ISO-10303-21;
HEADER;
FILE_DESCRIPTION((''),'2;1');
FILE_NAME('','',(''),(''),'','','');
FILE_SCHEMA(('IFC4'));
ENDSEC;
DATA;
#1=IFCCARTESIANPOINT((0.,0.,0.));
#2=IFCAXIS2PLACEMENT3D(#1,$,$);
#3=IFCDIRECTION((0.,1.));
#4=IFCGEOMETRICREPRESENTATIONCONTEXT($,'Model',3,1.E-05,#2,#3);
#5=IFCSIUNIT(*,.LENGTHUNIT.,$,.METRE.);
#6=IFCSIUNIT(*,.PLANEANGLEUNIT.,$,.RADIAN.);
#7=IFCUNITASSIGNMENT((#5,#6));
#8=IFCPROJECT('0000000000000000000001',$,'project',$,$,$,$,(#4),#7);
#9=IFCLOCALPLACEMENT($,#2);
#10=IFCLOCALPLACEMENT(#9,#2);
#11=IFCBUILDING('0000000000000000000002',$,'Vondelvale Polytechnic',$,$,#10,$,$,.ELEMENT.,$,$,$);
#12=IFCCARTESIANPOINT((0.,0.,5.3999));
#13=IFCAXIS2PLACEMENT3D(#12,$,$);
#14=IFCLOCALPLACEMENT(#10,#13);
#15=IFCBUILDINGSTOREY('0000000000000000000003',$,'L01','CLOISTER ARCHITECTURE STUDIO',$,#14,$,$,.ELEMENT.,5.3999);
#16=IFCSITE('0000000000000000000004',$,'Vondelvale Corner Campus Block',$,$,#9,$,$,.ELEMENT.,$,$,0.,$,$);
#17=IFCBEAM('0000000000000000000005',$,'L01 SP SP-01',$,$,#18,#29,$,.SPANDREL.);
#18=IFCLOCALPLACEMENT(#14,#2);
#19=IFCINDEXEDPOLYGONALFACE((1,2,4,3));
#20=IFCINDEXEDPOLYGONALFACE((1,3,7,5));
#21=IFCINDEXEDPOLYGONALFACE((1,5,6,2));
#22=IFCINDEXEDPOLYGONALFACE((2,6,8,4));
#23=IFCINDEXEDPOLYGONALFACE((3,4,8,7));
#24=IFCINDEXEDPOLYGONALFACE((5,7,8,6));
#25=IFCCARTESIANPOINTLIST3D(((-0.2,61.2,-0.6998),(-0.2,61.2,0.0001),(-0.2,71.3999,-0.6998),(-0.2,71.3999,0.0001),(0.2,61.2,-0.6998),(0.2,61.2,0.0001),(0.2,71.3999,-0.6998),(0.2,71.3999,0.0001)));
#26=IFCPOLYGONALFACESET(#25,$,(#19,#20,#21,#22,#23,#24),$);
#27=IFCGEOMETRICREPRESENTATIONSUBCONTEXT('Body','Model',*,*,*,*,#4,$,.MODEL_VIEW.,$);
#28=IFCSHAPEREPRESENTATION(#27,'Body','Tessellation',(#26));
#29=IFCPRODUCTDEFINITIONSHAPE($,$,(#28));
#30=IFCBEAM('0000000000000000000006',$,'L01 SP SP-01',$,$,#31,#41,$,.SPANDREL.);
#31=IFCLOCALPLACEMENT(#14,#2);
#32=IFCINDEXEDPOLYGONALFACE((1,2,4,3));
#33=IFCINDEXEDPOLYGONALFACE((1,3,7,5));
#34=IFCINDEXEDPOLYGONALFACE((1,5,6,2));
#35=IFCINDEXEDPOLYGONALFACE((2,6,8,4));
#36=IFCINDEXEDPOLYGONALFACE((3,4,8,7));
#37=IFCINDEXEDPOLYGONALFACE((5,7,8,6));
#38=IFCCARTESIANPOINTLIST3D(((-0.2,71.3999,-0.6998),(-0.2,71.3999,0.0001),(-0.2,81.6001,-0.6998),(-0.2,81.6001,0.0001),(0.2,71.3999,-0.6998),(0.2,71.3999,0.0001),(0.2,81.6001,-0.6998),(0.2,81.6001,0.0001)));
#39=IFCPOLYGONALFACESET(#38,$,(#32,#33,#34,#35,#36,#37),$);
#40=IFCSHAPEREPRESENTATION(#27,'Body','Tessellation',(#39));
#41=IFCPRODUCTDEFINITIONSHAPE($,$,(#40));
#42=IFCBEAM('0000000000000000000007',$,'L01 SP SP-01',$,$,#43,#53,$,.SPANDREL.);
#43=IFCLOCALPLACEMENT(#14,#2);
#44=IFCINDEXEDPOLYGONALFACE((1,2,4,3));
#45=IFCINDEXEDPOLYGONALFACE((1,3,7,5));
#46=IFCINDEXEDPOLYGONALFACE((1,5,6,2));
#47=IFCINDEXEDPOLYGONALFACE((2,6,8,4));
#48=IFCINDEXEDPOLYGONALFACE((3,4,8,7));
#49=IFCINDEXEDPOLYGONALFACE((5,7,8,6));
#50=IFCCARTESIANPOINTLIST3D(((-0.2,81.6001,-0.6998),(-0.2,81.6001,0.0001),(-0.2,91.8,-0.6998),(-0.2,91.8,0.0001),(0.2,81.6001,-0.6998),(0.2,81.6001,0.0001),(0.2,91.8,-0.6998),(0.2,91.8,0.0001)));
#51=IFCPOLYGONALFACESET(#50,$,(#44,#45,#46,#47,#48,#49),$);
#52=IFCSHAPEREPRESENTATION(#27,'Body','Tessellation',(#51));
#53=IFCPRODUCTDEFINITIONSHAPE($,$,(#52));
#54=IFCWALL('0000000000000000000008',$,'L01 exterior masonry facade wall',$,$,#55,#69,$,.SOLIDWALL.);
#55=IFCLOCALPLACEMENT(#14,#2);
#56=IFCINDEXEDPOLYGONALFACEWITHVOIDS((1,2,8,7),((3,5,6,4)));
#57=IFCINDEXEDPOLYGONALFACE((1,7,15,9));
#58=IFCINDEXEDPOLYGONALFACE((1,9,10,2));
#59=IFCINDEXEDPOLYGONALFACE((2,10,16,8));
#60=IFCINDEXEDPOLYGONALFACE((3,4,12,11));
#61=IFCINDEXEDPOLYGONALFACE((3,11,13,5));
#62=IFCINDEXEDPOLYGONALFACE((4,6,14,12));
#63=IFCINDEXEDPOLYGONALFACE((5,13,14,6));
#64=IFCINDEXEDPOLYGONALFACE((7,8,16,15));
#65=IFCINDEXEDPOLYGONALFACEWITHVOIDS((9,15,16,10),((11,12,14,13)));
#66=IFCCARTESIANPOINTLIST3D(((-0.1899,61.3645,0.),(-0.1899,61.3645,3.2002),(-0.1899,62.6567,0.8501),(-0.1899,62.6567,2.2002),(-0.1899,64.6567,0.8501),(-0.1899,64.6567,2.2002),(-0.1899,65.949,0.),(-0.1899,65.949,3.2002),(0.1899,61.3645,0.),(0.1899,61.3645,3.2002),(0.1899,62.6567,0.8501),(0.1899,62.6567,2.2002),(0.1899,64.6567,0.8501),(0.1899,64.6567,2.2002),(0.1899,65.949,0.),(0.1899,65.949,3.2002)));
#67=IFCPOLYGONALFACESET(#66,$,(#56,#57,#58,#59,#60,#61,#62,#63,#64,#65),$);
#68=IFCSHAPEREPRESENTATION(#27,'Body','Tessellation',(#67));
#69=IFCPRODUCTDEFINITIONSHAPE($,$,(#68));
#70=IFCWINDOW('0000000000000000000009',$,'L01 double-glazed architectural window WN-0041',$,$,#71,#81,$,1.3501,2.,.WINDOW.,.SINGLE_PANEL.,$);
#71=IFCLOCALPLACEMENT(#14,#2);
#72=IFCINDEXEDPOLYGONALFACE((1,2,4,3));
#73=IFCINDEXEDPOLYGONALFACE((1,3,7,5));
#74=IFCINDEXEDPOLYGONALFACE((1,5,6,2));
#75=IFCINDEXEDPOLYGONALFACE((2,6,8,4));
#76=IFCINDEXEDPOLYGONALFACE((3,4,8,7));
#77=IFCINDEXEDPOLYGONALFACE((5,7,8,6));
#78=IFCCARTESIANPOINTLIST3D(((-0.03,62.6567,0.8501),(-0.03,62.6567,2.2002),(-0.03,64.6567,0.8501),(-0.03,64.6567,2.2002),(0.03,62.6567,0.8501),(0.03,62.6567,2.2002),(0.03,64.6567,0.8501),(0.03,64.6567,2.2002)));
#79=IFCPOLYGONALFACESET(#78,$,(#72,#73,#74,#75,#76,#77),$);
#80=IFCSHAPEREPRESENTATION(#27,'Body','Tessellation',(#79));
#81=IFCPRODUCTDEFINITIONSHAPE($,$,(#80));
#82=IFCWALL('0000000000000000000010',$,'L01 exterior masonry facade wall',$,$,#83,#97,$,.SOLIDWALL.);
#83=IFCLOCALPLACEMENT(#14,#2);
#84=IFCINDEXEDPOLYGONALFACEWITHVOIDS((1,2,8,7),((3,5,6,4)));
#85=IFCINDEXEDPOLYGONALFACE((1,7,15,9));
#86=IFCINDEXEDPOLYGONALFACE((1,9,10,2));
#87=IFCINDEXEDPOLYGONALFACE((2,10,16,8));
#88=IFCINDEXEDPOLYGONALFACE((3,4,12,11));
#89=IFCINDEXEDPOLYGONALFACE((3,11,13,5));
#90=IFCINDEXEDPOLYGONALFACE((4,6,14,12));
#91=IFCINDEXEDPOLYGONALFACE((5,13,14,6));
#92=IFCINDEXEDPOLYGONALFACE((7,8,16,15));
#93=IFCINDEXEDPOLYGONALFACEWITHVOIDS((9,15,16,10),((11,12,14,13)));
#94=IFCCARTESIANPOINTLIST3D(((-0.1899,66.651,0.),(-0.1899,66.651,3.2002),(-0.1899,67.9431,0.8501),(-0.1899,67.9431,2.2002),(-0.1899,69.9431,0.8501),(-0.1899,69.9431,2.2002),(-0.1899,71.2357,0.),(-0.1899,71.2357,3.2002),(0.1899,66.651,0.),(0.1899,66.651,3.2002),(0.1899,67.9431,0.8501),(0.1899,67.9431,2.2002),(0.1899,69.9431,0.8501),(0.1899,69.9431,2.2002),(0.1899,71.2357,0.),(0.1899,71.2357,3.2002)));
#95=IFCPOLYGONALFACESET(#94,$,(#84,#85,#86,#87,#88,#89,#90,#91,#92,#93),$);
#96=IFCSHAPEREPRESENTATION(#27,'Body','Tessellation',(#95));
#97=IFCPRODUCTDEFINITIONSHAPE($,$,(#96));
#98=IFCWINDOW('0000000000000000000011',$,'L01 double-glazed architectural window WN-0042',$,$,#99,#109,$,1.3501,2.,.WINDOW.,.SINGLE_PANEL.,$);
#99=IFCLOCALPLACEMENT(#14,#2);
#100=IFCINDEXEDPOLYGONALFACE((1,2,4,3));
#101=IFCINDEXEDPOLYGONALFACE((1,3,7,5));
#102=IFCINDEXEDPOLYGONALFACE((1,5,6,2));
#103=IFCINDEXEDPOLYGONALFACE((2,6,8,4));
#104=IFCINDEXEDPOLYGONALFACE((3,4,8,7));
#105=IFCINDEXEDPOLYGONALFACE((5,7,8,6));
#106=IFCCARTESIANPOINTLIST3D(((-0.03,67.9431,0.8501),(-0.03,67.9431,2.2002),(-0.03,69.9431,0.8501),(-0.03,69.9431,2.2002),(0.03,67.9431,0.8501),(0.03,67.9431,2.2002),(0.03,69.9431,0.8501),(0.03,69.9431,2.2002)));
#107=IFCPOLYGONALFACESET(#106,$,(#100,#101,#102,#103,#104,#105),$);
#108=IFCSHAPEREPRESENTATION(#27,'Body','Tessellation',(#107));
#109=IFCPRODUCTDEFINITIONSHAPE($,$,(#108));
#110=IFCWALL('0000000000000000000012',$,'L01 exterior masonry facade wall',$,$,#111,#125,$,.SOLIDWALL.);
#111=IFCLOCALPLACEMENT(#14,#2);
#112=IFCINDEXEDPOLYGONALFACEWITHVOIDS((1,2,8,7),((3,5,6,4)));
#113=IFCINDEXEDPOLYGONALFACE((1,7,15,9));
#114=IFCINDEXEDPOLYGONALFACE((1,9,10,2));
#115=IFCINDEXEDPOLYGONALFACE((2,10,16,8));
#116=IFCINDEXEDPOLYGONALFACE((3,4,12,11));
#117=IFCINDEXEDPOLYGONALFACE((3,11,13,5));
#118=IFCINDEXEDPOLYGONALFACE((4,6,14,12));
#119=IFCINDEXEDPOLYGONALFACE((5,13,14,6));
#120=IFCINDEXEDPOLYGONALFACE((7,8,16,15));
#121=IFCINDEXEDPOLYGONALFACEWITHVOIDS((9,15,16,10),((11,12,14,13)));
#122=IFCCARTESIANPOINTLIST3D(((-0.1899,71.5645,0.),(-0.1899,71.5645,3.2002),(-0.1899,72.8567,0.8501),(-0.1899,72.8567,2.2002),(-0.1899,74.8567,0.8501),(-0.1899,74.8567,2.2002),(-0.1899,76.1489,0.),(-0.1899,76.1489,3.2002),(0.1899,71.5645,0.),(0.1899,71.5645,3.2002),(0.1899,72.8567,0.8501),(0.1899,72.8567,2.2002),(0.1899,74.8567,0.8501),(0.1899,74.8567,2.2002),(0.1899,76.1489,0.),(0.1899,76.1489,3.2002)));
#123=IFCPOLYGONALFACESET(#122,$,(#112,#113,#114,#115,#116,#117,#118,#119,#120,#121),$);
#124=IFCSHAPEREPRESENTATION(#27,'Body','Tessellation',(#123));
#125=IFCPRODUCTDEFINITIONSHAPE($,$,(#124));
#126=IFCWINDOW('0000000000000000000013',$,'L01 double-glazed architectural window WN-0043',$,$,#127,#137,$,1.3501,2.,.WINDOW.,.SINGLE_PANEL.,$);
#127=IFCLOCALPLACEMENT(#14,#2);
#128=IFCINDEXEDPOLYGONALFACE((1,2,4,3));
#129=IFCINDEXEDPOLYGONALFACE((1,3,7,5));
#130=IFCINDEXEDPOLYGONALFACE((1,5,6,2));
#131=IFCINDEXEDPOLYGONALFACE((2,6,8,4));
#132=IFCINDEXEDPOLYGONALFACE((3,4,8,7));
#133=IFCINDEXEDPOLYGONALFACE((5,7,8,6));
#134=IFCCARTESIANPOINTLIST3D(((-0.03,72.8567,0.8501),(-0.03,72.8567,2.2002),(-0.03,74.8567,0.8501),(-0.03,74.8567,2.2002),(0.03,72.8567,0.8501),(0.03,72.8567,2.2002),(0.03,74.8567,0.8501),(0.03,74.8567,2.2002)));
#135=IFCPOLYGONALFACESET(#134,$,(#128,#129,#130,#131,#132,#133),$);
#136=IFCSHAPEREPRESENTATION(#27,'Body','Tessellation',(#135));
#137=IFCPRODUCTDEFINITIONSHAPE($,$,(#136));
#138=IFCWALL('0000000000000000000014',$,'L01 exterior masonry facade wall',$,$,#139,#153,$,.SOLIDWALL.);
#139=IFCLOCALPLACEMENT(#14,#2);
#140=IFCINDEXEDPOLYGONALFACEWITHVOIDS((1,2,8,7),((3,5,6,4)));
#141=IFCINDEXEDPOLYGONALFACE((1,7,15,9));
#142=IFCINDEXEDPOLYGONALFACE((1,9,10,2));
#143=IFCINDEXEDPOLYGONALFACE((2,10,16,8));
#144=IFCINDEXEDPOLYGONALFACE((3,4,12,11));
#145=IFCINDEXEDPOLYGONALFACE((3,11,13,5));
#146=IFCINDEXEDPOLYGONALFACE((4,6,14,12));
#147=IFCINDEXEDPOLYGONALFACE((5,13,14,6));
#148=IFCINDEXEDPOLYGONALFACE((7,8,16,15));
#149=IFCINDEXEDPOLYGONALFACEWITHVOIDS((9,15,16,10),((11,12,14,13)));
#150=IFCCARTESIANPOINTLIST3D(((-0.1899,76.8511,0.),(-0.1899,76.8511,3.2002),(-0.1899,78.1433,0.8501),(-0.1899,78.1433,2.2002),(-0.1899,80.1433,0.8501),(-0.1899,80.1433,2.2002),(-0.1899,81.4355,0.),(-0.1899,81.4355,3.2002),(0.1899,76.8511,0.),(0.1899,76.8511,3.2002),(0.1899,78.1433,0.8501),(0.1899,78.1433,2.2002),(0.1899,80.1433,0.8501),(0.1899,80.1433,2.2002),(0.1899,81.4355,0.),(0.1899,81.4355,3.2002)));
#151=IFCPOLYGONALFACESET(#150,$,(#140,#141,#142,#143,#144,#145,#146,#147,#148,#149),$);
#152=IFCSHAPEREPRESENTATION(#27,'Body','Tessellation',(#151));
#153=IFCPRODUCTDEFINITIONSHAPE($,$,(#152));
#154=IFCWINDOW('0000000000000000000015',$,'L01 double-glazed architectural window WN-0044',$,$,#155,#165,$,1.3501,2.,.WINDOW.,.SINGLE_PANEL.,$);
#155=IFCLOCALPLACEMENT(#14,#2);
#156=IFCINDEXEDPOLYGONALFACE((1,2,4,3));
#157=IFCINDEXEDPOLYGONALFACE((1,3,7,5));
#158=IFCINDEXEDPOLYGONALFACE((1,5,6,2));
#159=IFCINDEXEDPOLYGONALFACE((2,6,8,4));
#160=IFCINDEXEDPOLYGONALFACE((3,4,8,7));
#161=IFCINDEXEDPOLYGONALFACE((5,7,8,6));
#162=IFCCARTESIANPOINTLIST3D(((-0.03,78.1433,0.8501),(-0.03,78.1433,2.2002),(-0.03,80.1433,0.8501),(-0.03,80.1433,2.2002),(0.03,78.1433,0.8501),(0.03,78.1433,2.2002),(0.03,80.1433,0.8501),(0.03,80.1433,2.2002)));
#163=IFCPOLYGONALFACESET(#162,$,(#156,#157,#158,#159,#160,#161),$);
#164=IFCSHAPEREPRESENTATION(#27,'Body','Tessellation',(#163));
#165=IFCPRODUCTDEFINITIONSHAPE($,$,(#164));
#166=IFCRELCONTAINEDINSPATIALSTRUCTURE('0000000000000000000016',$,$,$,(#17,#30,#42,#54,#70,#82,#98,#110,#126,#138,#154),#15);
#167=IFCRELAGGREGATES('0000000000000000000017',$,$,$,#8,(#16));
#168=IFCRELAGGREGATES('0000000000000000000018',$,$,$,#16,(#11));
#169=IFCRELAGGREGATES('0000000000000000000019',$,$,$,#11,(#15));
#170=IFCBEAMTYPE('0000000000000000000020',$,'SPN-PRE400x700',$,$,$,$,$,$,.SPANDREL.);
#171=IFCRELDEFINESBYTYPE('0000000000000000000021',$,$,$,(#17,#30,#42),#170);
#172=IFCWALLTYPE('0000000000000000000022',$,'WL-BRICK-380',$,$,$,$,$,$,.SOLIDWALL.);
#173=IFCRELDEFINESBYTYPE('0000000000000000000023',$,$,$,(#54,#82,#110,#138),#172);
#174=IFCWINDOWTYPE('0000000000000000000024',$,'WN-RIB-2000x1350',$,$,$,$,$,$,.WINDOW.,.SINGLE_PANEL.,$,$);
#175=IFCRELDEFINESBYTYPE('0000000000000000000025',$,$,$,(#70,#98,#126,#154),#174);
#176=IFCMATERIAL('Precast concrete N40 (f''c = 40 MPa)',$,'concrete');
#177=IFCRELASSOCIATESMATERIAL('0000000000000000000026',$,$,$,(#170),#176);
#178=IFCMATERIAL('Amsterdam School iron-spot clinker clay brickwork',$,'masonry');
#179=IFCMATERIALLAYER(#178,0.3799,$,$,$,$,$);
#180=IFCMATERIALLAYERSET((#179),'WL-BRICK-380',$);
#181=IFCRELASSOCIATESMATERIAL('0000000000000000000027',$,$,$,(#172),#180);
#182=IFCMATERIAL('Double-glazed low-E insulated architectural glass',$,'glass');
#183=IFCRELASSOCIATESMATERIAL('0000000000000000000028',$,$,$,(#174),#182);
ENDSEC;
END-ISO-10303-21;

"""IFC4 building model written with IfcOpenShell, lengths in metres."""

from ifc_helpers import new_model, si_unit, direction, frame, frame_2d, origin, origin_2d, place, context, subcontext, project, spatial, rectangle, extrude, material, layer, layer_set, material_profile, profile_set, type_object, element, fill, save


model = new_model("IFC4")

# Units and contexts
model_context = context("Model", 3, precision=1e-05, world=origin(), true_north=direction((0.0, 1.0)))
body_context = subcontext(model_context, "Body", "Model", "MODEL_VIEW")
ifc_project = project(units=[si_unit("LENGTHUNIT", "METRE"), si_unit("PLANEANGLEUNIT", "RADIAN")], contexts=[model_context])

# Site, building, storey
site_placement = place(None, origin())
site = spatial("IfcSite", under=ifc_project, at=site_placement, Name="Vondelvale Corner Campus Block", CompositionType="ELEMENT", RefElevation=0.0)
building_placement = place(site_placement, origin())
building = spatial("IfcBuilding", under=site, at=building_placement, Name="Vondelvale Polytechnic", CompositionType="ELEMENT")
storey_placement = place(building_placement, frame((0.0, 0.0, 5.3999)))
storey = spatial("IfcBuildingStorey", under=building, at=storey_placement, Name="L01", Description="CLOISTER ARCHITECTURE STUDIO", CompositionType="ELEMENT", Elevation=5.3999)

# Beams
ifc_material_1 = material(Name="Precast concrete N40 (f'c = 40 MPa)", Category="concrete")
ifc_material_profile_1 = material_profile(ifc_material_1, rectangle(XDim=0.3999, YDim=0.7, at=origin_2d()), Name="RC-SPN-400x700")
ifc_profile_set_1 = profile_set([ifc_material_profile_1], Name="Precast concrete N40 (f'c = 40 MPa)")
beam_type_1 = type_object("IfcBeamType", Name="SPN-PRE400x700", PredefinedType="SPANDREL", material=ifc_profile_set_1)
beam_1_placement = place(storey_placement, frame((0.0, 61.2, -0.3499), z_axis=(0.0, 1.0, 0.0), x_axis=(-1.0, 0.0, 0.0)))
element("IfcBeam", 1, at=beam_1_placement, inside=storey, type_object=beam_type_1, Name="L01 SP SP-01", PredefinedType="SPANDREL", context=body_context, shape_type="SweptSolid", body=[
    extrude(rectangle(XDim=0.3999, YDim=0.7, at=origin_2d()), origin(), (0.0, 0.0, 1.0), 10.2),
])
beam_2_placement = place(storey_placement, frame((0.0, 71.3999, -0.3499), z_axis=(0.0, 1.0, 0.0), x_axis=(-1.0, 0.0, 0.0)))
element("IfcBeam", 2, at=beam_2_placement, inside=storey, type_object=beam_type_1, Name="L01 SP SP-01", PredefinedType="SPANDREL", context=body_context, shape_type="SweptSolid", body=[
    extrude(rectangle(XDim=0.3999, YDim=0.7, at=origin_2d()), origin(), (0.0, 0.0, 1.0), 10.2002),
])
beam_3_placement = place(storey_placement, frame((0.0, 81.6001, -0.3499), z_axis=(0.0, 1.0, 0.0), x_axis=(-1.0, 0.0, 0.0)))
element("IfcBeam", 3, at=beam_3_placement, inside=storey, type_object=beam_type_1, Name="L01 SP SP-01", PredefinedType="SPANDREL", context=body_context, shape_type="SweptSolid", body=[
    extrude(rectangle(XDim=0.3999, YDim=0.7, at=origin_2d()), origin(), (0.0, 0.0, 1.0), 10.2),
])

# Walls, openings, windows
ifc_material_2 = material(Name="Amsterdam School iron-spot clinker clay brickwork", Category="masonry")
ifc_layer_1 = layer(ifc_material_2, 0.3799)
ifc_layer_set_1 = layer_set([ifc_layer_1], Name="WL-BRICK-380")
wall_type = type_object("IfcWallType", Name="WL-BRICK-380", PredefinedType="SOLIDWALL", material=ifc_layer_set_1)
wall_1_placement = place(storey_placement, frame((0.0, 61.3645, 0.0), z_axis=(0.0, 0.0, 1.0), x_axis=(0.0, 1.0, 0.0)))
wall_1 = element("IfcWall", 4, at=wall_1_placement, inside=storey, type_object=wall_type, Name="L01 exterior masonry facade wall", PredefinedType="SOLIDWALL", context=body_context, shape_type="SweptSolid", body=[
    extrude(rectangle(XDim=4.5845, YDim=0.3799, at=frame_2d((2.2922, 0.0))), origin(), (0.0, 0.0, 1.0), 3.2002),
])
opening_1_placement = place(wall_1_placement, frame((1.2922, 0.0, 0.8501)))
opening_1 = element("IfcOpeningElement", 5, at=opening_1_placement, cuts=wall_1, PredefinedType="OPENING", context=body_context, shape_type="SweptSolid", body=[
    extrude(rectangle(XDim=2.0, YDim=1.3501, at=frame_2d((1.0, 0.675))), frame((0.0, 0.2, 0.0), z_axis=(0.0, -1.0, 0.0), x_axis=(1.0, 0.0, 0.0)), (0.0, 0.0, 1.0), 0.3999),
])
ifc_material_3 = material(Name="Double-glazed low-E insulated architectural glass", Category="glass")
window_type = type_object("IfcWindowType", Name="WN-RIB-2000x1350", PartitioningType="SINGLE_PANEL", PredefinedType="WINDOW", material=ifc_material_3)
window_1_placement = place(opening_1_placement, origin())
window_1 = element("IfcWindow", 6, at=window_1_placement, inside=storey, type_object=window_type, Name="L01 double-glazed architectural window WN-0041", OverallHeight=1.3501, OverallWidth=2.0, PartitioningType="SINGLE_PANEL", PredefinedType="WINDOW", context=body_context, shape_type="SweptSolid", body=[
    extrude(rectangle(XDim=2.0, YDim=1.3501, at=frame_2d((1.0, 0.675))), frame((0.0, 0.03, 0.0), z_axis=(0.0, -1.0, 0.0), x_axis=(1.0, 0.0, 0.0)), (0.0, 0.0, 1.0), 0.0601),
])
fill(opening_1, window_1)
wall_2_placement = place(storey_placement, frame((0.0, 66.6509, 0.0), z_axis=(0.0, 0.0, 1.0), x_axis=(0.0, 1.0, 0.0)))
wall_2 = element("IfcWall", 7, at=wall_2_placement, inside=storey, type_object=wall_type, Name="L01 exterior masonry facade wall", PredefinedType="SOLIDWALL", context=body_context, shape_type="SweptSolid", body=[
    extrude(rectangle(XDim=4.5847, YDim=0.3799, at=frame_2d((2.2925, 0.0))), origin(), (0.0, 0.0, 1.0), 3.2002),
])
opening_2_placement = place(wall_2_placement, frame((1.2922, 0.0, 0.8501)))
opening_2 = element("IfcOpeningElement", 8, at=opening_2_placement, cuts=wall_2, PredefinedType="OPENING", context=body_context, shape_type="SweptSolid", body=[
    extrude(rectangle(XDim=2.0, YDim=1.3501, at=frame_2d((1.0, 0.675))), frame((0.0, 0.2, 0.0), z_axis=(0.0, -1.0, 0.0), x_axis=(1.0, 0.0, 0.0)), (0.0, 0.0, 1.0), 0.3999),
])
window_2_placement = place(opening_2_placement, origin())
window_2 = element("IfcWindow", 9, at=window_2_placement, inside=storey, type_object=window_type, Name="L01 double-glazed architectural window WN-0042", OverallHeight=1.3501, OverallWidth=2.0, PartitioningType="SINGLE_PANEL", PredefinedType="WINDOW", context=body_context, shape_type="SweptSolid", body=[
    extrude(rectangle(XDim=2.0, YDim=1.3501, at=frame_2d((1.0, 0.675))), frame((0.0, 0.03, 0.0), z_axis=(0.0, -1.0, 0.0), x_axis=(1.0, 0.0, 0.0)), (0.0, 0.0, 1.0), 0.0601),
])
fill(opening_2, window_2)
wall_3_placement = place(storey_placement, frame((0.0, 71.5645, 0.0), z_axis=(0.0, 0.0, 1.0), x_axis=(0.0, 1.0, 0.0)))
wall_3 = element("IfcWall", 10, at=wall_3_placement, inside=storey, type_object=wall_type, Name="L01 exterior masonry facade wall", PredefinedType="SOLIDWALL", context=body_context, shape_type="SweptSolid", body=[
    extrude(rectangle(XDim=4.5845, YDim=0.3799, at=frame_2d((2.2922, 0.0))), origin(), (0.0, 0.0, 1.0), 3.2002),
])
opening_3_placement = place(wall_3_placement, frame((1.2922, 0.0, 0.8501)))
opening_3 = element("IfcOpeningElement", 11, at=opening_3_placement, cuts=wall_3, PredefinedType="OPENING", context=body_context, shape_type="SweptSolid", body=[
    extrude(rectangle(XDim=2.0, YDim=1.3501, at=frame_2d((1.0, 0.675))), frame((0.0, 0.2, 0.0), z_axis=(0.0, -1.0, 0.0), x_axis=(1.0, 0.0, 0.0)), (0.0, 0.0, 1.0), 0.3999),
])
window_3_placement = place(opening_3_placement, origin())
window_3 = element("IfcWindow", 12, at=window_3_placement, inside=storey, type_object=window_type, Name="L01 double-glazed architectural window WN-0043", OverallHeight=1.3501, OverallWidth=2.0, PartitioningType="SINGLE_PANEL", PredefinedType="WINDOW", context=body_context, shape_type="SweptSolid", body=[
    extrude(rectangle(XDim=2.0, YDim=1.3501, at=frame_2d((1.0, 0.675))), frame((0.0, 0.03, 0.0), z_axis=(0.0, -1.0, 0.0), x_axis=(1.0, 0.0, 0.0)), (0.0, 0.0, 1.0), 0.0601),
])
fill(opening_3, window_3)
wall_4_placement = place(storey_placement, frame((0.0, 76.8511, 0.0), z_axis=(0.0, 0.0, 1.0), x_axis=(0.0, 1.0, 0.0)))
wall_4 = element("IfcWall", 13, at=wall_4_placement, inside=storey, type_object=wall_type, Name="L01 exterior masonry facade wall", PredefinedType="SOLIDWALL", context=body_context, shape_type="SweptSolid", body=[
    extrude(rectangle(XDim=4.5845, YDim=0.3799, at=frame_2d((2.2922, 0.0))), origin(), (0.0, 0.0, 1.0), 3.2002),
])
opening_4_placement = place(wall_4_placement, frame((1.2922, 0.0, 0.8501)))
opening_4 = element("IfcOpeningElement", 14, at=opening_4_placement, cuts=wall_4, PredefinedType="OPENING", context=body_context, shape_type="SweptSolid", body=[
    extrude(rectangle(XDim=2.0, YDim=1.3501, at=frame_2d((1.0, 0.675))), frame((0.0, 0.2, 0.0), z_axis=(0.0, -1.0, 0.0), x_axis=(1.0, 0.0, 0.0)), (0.0, 0.0, 1.0), 0.3999),
])
window_4_placement = place(opening_4_placement, origin())
window_4 = element("IfcWindow", 15, at=window_4_placement, inside=storey, type_object=window_type, Name="L01 double-glazed architectural window WN-0044", OverallHeight=1.3501, OverallWidth=2.0, PartitioningType="SINGLE_PANEL", PredefinedType="WINDOW", context=body_context, shape_type="SweptSolid", body=[
    extrude(rectangle(XDim=2.0, YDim=1.3501, at=frame_2d((1.0, 0.675))), frame((0.0, 0.03, 0.0), z_axis=(0.0, -1.0, 0.0), x_axis=(1.0, 0.0, 0.0)), (0.0, 0.0, 1.0), 0.0601),
])
fill(opening_4, window_4)

save(model, "model.ifc")
